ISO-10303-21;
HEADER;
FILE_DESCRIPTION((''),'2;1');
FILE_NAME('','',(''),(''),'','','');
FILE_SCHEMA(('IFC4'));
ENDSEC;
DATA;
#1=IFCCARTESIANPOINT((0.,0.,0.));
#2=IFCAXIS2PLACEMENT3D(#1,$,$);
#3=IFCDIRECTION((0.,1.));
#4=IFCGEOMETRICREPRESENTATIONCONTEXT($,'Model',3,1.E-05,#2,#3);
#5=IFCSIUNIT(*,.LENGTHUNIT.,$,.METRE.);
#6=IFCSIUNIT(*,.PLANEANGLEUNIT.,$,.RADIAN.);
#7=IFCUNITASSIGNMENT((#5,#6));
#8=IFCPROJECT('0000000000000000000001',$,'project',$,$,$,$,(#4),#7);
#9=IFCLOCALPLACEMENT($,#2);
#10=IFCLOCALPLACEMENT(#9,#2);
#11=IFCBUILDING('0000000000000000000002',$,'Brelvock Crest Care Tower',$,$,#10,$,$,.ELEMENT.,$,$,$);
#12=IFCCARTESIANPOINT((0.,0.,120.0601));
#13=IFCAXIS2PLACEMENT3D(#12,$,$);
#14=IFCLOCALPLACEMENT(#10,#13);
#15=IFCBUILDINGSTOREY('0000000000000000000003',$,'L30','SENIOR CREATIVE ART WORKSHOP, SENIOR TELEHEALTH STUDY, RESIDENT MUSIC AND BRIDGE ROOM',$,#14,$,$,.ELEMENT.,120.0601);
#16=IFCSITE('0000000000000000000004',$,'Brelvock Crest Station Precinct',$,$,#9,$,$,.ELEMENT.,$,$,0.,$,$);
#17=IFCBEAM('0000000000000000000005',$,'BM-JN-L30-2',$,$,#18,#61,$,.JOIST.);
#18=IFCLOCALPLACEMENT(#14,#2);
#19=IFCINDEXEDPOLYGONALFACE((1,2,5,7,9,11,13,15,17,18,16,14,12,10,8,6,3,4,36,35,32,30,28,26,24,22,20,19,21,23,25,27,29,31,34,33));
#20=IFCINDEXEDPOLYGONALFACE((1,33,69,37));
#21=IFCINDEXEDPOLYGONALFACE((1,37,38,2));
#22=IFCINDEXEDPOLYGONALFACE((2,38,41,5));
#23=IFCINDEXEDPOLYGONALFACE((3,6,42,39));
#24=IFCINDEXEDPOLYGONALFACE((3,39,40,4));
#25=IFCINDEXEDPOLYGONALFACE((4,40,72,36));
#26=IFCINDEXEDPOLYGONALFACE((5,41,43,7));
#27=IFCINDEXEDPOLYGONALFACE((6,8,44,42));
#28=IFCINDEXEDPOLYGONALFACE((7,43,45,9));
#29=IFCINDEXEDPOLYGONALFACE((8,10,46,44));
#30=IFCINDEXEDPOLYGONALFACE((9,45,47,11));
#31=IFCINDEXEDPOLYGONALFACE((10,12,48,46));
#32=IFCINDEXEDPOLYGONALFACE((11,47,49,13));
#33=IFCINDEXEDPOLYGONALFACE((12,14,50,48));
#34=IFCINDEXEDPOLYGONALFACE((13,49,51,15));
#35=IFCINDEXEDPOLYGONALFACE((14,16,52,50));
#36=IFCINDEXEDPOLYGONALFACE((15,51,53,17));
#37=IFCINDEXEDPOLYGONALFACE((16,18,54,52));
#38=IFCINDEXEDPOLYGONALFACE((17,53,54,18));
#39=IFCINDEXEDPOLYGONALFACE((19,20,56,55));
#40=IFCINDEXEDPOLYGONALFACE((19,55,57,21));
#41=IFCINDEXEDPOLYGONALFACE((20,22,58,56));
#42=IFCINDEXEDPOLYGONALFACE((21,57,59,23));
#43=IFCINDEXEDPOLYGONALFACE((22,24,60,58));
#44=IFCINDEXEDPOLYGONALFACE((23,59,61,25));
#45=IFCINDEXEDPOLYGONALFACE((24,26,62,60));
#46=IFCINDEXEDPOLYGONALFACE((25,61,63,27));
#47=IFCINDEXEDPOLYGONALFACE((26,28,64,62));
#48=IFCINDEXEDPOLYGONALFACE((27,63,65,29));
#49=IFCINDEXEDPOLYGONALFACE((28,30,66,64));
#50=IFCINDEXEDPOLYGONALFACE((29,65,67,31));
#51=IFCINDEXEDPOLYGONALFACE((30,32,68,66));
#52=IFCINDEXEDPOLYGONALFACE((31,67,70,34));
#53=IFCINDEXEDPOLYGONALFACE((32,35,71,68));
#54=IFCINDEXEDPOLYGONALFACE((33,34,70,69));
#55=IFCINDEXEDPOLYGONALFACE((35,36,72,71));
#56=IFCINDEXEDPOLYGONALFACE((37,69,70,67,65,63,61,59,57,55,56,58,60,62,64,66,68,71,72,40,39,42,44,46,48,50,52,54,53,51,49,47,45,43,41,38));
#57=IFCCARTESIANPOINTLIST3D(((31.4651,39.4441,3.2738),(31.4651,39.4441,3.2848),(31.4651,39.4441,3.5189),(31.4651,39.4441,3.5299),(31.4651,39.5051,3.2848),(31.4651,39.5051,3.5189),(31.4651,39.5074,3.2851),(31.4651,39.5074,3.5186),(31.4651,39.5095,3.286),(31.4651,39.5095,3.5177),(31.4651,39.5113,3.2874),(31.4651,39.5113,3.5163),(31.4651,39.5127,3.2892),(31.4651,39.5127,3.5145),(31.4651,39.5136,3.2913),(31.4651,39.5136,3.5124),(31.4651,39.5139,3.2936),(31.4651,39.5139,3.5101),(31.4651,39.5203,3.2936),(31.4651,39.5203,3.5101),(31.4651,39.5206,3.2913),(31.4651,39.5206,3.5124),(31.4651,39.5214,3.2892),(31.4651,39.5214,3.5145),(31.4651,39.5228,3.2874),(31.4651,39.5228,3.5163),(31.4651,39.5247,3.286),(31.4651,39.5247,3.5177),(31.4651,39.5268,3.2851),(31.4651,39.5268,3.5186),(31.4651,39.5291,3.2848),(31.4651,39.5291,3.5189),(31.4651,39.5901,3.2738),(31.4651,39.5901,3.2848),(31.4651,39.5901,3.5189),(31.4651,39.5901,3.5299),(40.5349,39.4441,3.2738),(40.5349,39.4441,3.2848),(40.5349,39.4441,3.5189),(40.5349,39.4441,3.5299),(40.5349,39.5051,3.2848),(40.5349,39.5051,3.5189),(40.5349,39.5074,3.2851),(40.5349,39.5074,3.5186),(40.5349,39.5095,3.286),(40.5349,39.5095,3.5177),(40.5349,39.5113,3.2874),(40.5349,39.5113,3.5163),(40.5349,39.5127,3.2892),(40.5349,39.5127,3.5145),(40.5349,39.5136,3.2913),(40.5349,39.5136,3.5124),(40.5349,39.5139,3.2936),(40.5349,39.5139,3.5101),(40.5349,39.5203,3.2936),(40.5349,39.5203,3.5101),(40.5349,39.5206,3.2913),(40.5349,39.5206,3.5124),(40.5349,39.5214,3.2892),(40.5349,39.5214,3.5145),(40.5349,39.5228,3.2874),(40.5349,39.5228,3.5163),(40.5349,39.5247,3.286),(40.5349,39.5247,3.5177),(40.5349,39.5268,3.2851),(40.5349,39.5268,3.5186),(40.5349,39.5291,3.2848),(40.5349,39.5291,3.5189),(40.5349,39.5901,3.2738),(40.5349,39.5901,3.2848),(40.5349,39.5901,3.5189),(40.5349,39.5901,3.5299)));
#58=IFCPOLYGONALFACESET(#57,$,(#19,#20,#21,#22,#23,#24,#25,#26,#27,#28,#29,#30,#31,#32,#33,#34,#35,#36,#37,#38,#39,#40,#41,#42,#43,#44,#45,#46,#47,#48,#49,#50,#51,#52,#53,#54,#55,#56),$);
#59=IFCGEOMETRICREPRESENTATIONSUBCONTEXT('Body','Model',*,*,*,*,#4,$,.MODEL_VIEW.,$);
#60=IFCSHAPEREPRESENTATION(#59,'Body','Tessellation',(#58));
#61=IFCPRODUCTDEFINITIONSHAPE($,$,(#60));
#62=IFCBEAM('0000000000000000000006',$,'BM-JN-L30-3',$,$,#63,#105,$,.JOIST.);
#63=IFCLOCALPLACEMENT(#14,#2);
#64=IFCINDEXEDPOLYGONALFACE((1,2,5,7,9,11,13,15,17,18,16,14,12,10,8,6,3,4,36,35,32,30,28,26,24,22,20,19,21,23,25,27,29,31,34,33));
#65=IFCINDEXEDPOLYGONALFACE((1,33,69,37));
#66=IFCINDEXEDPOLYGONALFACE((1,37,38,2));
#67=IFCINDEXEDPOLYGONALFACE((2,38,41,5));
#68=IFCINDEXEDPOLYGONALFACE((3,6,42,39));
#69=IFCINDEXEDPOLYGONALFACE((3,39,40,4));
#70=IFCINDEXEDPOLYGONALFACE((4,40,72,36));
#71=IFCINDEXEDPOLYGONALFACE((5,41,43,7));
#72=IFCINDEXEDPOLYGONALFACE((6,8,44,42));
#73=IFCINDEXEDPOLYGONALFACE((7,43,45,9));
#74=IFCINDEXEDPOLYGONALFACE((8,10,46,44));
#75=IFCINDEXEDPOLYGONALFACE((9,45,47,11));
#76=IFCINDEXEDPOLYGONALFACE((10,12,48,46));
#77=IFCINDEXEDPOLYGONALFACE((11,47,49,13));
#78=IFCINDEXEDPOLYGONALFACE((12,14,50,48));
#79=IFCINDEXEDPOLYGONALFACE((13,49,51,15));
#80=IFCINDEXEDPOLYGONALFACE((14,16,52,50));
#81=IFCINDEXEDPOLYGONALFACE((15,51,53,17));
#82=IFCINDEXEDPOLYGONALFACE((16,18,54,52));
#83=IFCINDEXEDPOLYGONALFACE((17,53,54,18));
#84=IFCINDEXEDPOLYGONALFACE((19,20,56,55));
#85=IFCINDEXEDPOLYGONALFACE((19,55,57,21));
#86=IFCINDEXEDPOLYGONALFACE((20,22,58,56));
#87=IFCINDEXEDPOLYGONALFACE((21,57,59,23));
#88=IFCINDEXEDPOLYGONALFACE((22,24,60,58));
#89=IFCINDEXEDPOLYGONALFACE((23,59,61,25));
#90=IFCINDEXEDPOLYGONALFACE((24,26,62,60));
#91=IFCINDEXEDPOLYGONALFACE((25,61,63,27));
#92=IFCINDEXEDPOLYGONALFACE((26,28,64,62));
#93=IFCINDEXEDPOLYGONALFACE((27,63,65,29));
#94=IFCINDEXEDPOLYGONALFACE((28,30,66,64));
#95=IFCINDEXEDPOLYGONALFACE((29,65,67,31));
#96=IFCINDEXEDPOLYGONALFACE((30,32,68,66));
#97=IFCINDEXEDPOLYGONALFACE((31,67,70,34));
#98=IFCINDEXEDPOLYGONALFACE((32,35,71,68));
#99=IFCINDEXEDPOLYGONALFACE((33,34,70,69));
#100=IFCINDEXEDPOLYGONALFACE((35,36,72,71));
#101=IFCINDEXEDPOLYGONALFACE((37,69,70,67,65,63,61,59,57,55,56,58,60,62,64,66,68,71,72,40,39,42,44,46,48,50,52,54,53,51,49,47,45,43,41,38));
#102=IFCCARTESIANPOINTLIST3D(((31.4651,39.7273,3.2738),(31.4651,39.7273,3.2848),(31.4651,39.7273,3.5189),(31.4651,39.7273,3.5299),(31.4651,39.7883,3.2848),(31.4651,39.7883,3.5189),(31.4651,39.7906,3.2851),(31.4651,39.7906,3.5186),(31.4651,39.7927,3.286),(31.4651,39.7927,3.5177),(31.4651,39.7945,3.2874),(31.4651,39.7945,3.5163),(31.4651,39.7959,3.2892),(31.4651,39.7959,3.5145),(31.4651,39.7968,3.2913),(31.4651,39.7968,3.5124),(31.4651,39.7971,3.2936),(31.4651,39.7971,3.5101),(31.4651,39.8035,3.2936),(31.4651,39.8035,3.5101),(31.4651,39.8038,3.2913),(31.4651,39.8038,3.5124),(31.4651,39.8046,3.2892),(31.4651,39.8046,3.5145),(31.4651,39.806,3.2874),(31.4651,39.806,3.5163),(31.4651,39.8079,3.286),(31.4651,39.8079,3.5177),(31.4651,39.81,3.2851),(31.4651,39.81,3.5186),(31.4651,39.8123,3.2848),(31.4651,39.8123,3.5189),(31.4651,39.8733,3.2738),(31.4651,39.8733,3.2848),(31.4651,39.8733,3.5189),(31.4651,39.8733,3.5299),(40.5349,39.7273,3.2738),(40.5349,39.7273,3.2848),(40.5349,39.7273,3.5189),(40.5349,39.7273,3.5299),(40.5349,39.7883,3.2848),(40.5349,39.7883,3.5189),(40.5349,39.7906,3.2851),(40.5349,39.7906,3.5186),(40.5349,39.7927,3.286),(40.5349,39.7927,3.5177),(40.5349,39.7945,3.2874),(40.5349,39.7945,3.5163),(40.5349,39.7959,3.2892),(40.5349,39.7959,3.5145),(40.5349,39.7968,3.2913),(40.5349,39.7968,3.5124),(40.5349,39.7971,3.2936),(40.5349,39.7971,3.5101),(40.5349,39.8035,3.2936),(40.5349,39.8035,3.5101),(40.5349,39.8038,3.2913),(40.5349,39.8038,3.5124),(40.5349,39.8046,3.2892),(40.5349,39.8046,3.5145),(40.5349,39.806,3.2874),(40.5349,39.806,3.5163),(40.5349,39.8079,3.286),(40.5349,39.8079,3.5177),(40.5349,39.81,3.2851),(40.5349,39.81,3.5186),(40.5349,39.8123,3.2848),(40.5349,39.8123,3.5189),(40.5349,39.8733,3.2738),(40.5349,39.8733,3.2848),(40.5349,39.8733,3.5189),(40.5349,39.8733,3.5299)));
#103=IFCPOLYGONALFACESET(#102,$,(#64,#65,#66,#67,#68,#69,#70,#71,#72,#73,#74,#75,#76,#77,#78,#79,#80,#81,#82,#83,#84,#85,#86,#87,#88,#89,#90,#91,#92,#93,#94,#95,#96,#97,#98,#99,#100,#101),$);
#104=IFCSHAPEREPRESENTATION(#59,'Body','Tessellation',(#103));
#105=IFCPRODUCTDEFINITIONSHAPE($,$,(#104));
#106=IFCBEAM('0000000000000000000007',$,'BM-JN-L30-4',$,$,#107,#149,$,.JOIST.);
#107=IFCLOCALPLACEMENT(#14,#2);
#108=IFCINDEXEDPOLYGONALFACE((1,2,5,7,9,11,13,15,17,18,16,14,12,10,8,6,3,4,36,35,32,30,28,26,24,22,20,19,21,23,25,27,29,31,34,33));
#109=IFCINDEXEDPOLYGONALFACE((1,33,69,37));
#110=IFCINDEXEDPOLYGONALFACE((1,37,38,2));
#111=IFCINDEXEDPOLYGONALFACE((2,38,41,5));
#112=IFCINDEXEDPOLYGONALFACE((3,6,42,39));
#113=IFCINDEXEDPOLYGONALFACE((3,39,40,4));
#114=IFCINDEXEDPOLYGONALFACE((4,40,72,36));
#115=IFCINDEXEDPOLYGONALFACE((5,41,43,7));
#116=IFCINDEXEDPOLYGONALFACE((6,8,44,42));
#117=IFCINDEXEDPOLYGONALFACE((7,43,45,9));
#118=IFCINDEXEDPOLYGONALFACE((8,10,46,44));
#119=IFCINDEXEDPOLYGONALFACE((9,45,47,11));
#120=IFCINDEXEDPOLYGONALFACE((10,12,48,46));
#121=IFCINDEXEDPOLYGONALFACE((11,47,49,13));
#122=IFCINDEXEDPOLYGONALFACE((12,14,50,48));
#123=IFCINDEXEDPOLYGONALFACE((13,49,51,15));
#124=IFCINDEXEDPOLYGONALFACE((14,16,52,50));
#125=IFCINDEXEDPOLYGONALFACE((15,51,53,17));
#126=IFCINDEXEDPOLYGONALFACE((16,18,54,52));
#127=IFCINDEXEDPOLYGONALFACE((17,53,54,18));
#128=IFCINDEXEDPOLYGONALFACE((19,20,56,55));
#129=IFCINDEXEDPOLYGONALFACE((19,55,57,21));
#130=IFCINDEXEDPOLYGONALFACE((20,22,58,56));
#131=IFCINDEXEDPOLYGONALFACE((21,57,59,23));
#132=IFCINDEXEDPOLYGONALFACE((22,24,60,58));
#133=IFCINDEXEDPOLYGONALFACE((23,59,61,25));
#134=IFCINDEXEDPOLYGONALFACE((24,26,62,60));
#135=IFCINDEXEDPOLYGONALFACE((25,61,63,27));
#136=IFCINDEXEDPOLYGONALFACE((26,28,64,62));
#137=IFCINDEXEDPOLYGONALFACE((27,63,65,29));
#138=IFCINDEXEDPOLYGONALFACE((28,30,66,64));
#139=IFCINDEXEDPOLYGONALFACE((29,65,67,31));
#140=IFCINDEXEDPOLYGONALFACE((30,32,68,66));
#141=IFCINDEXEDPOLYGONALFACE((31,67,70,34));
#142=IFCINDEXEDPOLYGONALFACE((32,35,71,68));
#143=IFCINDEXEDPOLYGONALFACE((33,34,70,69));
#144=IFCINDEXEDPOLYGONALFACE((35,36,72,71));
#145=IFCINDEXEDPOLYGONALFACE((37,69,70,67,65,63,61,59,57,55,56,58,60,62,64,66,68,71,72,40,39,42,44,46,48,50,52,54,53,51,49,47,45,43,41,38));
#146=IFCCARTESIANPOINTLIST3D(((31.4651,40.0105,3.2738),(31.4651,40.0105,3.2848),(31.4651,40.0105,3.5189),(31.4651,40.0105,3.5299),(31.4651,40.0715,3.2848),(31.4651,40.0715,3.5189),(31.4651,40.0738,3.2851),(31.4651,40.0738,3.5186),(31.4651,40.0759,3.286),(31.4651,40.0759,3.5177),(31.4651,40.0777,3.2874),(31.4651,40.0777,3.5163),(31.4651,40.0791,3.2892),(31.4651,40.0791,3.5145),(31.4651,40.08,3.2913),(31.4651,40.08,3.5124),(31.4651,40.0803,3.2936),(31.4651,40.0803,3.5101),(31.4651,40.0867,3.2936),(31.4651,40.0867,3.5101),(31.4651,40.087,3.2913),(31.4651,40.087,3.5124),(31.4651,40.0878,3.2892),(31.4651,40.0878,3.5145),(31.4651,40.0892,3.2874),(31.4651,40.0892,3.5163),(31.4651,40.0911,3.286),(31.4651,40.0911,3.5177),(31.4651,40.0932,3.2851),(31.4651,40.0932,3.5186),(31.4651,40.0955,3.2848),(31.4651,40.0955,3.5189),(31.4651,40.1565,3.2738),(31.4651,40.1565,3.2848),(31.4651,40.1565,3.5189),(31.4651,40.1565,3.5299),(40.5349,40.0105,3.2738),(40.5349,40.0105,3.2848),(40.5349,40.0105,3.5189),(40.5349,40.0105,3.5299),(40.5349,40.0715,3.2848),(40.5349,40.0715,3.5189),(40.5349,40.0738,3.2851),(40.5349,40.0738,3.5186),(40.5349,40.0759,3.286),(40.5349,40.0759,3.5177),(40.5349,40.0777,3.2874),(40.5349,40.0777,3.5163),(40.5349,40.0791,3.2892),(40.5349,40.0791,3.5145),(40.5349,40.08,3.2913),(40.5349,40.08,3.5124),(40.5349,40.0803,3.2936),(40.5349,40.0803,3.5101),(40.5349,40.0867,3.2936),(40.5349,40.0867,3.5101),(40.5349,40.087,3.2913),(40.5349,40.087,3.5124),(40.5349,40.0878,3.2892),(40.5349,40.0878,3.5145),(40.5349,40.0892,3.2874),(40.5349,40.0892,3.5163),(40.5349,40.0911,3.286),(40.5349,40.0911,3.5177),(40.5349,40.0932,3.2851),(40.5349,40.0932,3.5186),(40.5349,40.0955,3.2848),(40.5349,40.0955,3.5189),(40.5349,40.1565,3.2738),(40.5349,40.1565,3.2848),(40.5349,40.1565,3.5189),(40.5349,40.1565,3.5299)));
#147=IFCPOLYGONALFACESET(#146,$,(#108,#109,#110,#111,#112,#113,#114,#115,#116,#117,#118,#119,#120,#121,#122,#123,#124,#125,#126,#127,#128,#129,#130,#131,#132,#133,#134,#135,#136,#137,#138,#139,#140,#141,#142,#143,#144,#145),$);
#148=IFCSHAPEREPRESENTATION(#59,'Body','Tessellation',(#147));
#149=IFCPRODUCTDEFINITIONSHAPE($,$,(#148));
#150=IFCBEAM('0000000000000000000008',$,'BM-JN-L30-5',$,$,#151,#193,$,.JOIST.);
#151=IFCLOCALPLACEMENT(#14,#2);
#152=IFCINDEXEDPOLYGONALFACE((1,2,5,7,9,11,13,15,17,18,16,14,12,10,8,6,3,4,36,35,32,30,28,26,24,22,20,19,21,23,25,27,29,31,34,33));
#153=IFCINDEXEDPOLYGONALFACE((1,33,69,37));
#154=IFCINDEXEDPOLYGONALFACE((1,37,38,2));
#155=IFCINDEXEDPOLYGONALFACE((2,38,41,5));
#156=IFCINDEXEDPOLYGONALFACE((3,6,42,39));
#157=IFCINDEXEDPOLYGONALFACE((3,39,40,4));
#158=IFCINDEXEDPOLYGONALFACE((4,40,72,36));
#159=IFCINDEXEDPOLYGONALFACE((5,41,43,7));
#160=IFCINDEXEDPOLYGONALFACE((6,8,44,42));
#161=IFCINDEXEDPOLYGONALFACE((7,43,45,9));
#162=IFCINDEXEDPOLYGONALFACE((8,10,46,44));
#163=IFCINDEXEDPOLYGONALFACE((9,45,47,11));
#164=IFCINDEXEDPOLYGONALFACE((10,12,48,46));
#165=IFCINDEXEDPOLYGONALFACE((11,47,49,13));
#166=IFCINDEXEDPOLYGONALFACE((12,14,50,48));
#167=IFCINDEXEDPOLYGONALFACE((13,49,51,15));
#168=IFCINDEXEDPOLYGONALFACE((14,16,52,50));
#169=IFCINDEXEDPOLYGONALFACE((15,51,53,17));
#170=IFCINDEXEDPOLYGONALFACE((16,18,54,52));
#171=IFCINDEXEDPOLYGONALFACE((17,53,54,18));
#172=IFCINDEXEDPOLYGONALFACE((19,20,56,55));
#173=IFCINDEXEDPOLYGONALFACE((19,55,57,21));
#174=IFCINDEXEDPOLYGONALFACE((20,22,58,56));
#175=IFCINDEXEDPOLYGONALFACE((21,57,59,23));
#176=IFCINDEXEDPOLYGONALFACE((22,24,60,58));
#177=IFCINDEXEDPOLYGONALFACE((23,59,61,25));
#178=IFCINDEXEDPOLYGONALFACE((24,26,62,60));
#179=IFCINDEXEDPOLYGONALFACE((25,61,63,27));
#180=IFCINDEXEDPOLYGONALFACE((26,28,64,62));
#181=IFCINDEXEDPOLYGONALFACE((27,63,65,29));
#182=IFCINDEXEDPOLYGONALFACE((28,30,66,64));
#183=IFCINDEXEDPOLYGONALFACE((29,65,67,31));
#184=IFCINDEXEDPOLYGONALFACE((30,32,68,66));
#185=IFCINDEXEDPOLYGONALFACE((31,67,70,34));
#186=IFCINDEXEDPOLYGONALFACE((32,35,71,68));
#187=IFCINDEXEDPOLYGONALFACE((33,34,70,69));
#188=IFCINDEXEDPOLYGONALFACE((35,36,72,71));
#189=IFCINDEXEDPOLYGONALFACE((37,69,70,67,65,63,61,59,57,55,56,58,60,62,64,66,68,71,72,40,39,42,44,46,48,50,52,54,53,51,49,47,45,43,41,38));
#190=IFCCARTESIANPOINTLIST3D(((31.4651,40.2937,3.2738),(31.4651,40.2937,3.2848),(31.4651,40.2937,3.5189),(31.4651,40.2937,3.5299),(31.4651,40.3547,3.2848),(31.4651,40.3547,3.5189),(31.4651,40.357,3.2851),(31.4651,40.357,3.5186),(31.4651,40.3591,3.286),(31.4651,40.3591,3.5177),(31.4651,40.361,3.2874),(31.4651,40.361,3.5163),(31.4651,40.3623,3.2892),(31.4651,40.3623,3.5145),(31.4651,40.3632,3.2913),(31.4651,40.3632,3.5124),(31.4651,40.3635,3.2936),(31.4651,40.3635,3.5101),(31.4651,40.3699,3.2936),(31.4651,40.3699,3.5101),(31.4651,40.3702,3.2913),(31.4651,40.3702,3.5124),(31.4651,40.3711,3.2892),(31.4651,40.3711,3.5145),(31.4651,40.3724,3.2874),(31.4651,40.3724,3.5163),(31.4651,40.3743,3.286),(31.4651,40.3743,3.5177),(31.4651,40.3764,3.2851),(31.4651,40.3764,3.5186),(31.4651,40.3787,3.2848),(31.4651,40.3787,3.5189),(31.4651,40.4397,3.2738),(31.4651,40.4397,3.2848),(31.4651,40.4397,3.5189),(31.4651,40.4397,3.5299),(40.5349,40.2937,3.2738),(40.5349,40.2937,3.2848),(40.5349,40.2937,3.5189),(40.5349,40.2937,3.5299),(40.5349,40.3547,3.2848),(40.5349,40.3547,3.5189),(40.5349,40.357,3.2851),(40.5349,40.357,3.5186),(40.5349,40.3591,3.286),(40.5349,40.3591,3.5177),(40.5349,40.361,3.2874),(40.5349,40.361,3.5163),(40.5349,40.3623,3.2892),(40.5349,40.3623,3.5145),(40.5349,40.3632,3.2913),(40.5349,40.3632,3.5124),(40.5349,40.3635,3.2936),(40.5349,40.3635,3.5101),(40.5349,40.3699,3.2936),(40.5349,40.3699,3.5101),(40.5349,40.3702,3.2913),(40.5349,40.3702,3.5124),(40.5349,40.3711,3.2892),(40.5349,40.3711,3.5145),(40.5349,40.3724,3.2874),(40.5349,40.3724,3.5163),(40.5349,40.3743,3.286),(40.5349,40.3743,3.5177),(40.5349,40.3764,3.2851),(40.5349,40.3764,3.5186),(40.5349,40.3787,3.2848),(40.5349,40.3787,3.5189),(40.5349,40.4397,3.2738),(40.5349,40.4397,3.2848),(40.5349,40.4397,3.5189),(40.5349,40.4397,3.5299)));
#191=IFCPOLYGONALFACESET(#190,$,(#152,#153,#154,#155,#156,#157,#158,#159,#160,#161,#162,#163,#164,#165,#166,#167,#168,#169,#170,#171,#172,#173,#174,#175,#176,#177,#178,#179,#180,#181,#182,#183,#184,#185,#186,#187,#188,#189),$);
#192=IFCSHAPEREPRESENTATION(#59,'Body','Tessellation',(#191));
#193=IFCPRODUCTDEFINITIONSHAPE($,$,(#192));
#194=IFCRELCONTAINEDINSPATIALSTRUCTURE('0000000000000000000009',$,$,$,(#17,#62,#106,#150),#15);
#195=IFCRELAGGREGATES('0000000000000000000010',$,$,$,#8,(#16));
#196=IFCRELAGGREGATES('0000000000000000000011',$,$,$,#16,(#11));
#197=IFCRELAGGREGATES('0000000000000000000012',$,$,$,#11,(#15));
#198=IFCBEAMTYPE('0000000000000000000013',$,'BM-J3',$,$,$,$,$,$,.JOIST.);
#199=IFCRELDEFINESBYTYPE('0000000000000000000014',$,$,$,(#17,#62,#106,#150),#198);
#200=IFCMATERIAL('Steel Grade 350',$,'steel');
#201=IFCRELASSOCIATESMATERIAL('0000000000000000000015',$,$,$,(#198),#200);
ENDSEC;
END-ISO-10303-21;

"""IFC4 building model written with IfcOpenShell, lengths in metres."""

from ifc_helpers import new_model, si_unit, direction, frame, origin, origin_2d, place, context, subcontext, project, spatial, i_section, extrude, source, transform, mapped, material, material_profile, profile_set, type_object, element, save


model = new_model("IFC4")

# Units and contexts
model_context = context("Model", 3, precision=1e-05, world=origin(), true_north=direction((0.0, 1.0)))
body_context = subcontext(model_context, "Body", "Model", "MODEL_VIEW")
ifc_project = project(units=[si_unit("LENGTHUNIT", "METRE"), si_unit("PLANEANGLEUNIT", "RADIAN")], contexts=[model_context])

# Site, building, storey
site_placement = place(None, origin())
site = spatial("IfcSite", under=ifc_project, at=site_placement, Name="Brelvock Crest Station Precinct", CompositionType="ELEMENT", RefElevation=0.0)
building_placement = place(site_placement, origin())
building = spatial("IfcBuilding", under=site, at=building_placement, Name="Brelvock Crest Care Tower", CompositionType="ELEMENT")
storey_placement = place(building_placement, frame((0.0, 0.0, 120.0601)))
storey = spatial("IfcBuildingStorey", under=building, at=storey_placement, Name="L30", Description="SENIOR CREATIVE ART WORKSHOP, SENIOR TELEHEALTH STUDY, RESIDENT MUSIC AND BRIDGE ROOM", CompositionType="ELEMENT", Elevation=120.0601)

# Shared definitions
ifc_material_1 = material(Name="Steel Grade 350", Category="steel")

# Beams
ifc_material_profile_1 = material_profile(ifc_material_1, i_section(OverallWidth=0.146, OverallDepth=0.2561, WebThickness=0.0063, FlangeThickness=0.011, FilletRadius=0.0088, at=origin_2d()), Name="250UB37.3")
ifc_profile_set_1 = profile_set([ifc_material_profile_1], Name="Steel Grade 350")
beam_type_1 = type_object("IfcBeamType", Name="BM-J3", PredefinedType="JOIST", material=ifc_profile_set_1)
shared_shape_1 = source(origin(), body_context, "Body", "SweptSolid", [
    extrude(i_section(OverallWidth=0.146, OverallDepth=0.2561, WebThickness=0.0063, FlangeThickness=0.011, FilletRadius=0.0088, at=origin_2d()), origin(), (0.0, 0.0, 1.0), 9.0698),
])
for number, where, z_axis, x_axis, name in (
    (1, (31.4651, 39.5171, 3.4019), (1.0, 0.0, 0.0), (0.0, 1.0, 0.0), "BM-JN-L30-2"),
    (2, (31.4651, 39.8003, 3.4019), (1.0, 0.0, 0.0), (0.0, 1.0, 0.0), "BM-JN-L30-3"),
    (3, (31.4651, 40.0835, 3.4019), (1.0, 0.0, 0.0), (0.0, 1.0, 0.0), "BM-JN-L30-4"),
    (4, (31.4651, 40.3667, 3.4019), (1.0, 0.0, 0.0), (0.0, 1.0, 0.0), "BM-JN-L30-5"),
):
    element("IfcBeam", number, at=place(storey_placement, frame(where, z_axis=z_axis, x_axis=x_axis)), inside=storey, type_object=beam_type_1, Name=name, PredefinedType="JOIST", context=body_context, shape_type="MappedRepresentation", body=[
        mapped(shared_shape_1, transform((0.0, 0.0, 0.0), x_axis=(1.0, 0.0, 0.0), y_axis=(0.0, 1.0, 0.0), z_axis=(0.0, 0.0, 1.0), scale=1.0)),
    ])

save(model, "model.ifc")
